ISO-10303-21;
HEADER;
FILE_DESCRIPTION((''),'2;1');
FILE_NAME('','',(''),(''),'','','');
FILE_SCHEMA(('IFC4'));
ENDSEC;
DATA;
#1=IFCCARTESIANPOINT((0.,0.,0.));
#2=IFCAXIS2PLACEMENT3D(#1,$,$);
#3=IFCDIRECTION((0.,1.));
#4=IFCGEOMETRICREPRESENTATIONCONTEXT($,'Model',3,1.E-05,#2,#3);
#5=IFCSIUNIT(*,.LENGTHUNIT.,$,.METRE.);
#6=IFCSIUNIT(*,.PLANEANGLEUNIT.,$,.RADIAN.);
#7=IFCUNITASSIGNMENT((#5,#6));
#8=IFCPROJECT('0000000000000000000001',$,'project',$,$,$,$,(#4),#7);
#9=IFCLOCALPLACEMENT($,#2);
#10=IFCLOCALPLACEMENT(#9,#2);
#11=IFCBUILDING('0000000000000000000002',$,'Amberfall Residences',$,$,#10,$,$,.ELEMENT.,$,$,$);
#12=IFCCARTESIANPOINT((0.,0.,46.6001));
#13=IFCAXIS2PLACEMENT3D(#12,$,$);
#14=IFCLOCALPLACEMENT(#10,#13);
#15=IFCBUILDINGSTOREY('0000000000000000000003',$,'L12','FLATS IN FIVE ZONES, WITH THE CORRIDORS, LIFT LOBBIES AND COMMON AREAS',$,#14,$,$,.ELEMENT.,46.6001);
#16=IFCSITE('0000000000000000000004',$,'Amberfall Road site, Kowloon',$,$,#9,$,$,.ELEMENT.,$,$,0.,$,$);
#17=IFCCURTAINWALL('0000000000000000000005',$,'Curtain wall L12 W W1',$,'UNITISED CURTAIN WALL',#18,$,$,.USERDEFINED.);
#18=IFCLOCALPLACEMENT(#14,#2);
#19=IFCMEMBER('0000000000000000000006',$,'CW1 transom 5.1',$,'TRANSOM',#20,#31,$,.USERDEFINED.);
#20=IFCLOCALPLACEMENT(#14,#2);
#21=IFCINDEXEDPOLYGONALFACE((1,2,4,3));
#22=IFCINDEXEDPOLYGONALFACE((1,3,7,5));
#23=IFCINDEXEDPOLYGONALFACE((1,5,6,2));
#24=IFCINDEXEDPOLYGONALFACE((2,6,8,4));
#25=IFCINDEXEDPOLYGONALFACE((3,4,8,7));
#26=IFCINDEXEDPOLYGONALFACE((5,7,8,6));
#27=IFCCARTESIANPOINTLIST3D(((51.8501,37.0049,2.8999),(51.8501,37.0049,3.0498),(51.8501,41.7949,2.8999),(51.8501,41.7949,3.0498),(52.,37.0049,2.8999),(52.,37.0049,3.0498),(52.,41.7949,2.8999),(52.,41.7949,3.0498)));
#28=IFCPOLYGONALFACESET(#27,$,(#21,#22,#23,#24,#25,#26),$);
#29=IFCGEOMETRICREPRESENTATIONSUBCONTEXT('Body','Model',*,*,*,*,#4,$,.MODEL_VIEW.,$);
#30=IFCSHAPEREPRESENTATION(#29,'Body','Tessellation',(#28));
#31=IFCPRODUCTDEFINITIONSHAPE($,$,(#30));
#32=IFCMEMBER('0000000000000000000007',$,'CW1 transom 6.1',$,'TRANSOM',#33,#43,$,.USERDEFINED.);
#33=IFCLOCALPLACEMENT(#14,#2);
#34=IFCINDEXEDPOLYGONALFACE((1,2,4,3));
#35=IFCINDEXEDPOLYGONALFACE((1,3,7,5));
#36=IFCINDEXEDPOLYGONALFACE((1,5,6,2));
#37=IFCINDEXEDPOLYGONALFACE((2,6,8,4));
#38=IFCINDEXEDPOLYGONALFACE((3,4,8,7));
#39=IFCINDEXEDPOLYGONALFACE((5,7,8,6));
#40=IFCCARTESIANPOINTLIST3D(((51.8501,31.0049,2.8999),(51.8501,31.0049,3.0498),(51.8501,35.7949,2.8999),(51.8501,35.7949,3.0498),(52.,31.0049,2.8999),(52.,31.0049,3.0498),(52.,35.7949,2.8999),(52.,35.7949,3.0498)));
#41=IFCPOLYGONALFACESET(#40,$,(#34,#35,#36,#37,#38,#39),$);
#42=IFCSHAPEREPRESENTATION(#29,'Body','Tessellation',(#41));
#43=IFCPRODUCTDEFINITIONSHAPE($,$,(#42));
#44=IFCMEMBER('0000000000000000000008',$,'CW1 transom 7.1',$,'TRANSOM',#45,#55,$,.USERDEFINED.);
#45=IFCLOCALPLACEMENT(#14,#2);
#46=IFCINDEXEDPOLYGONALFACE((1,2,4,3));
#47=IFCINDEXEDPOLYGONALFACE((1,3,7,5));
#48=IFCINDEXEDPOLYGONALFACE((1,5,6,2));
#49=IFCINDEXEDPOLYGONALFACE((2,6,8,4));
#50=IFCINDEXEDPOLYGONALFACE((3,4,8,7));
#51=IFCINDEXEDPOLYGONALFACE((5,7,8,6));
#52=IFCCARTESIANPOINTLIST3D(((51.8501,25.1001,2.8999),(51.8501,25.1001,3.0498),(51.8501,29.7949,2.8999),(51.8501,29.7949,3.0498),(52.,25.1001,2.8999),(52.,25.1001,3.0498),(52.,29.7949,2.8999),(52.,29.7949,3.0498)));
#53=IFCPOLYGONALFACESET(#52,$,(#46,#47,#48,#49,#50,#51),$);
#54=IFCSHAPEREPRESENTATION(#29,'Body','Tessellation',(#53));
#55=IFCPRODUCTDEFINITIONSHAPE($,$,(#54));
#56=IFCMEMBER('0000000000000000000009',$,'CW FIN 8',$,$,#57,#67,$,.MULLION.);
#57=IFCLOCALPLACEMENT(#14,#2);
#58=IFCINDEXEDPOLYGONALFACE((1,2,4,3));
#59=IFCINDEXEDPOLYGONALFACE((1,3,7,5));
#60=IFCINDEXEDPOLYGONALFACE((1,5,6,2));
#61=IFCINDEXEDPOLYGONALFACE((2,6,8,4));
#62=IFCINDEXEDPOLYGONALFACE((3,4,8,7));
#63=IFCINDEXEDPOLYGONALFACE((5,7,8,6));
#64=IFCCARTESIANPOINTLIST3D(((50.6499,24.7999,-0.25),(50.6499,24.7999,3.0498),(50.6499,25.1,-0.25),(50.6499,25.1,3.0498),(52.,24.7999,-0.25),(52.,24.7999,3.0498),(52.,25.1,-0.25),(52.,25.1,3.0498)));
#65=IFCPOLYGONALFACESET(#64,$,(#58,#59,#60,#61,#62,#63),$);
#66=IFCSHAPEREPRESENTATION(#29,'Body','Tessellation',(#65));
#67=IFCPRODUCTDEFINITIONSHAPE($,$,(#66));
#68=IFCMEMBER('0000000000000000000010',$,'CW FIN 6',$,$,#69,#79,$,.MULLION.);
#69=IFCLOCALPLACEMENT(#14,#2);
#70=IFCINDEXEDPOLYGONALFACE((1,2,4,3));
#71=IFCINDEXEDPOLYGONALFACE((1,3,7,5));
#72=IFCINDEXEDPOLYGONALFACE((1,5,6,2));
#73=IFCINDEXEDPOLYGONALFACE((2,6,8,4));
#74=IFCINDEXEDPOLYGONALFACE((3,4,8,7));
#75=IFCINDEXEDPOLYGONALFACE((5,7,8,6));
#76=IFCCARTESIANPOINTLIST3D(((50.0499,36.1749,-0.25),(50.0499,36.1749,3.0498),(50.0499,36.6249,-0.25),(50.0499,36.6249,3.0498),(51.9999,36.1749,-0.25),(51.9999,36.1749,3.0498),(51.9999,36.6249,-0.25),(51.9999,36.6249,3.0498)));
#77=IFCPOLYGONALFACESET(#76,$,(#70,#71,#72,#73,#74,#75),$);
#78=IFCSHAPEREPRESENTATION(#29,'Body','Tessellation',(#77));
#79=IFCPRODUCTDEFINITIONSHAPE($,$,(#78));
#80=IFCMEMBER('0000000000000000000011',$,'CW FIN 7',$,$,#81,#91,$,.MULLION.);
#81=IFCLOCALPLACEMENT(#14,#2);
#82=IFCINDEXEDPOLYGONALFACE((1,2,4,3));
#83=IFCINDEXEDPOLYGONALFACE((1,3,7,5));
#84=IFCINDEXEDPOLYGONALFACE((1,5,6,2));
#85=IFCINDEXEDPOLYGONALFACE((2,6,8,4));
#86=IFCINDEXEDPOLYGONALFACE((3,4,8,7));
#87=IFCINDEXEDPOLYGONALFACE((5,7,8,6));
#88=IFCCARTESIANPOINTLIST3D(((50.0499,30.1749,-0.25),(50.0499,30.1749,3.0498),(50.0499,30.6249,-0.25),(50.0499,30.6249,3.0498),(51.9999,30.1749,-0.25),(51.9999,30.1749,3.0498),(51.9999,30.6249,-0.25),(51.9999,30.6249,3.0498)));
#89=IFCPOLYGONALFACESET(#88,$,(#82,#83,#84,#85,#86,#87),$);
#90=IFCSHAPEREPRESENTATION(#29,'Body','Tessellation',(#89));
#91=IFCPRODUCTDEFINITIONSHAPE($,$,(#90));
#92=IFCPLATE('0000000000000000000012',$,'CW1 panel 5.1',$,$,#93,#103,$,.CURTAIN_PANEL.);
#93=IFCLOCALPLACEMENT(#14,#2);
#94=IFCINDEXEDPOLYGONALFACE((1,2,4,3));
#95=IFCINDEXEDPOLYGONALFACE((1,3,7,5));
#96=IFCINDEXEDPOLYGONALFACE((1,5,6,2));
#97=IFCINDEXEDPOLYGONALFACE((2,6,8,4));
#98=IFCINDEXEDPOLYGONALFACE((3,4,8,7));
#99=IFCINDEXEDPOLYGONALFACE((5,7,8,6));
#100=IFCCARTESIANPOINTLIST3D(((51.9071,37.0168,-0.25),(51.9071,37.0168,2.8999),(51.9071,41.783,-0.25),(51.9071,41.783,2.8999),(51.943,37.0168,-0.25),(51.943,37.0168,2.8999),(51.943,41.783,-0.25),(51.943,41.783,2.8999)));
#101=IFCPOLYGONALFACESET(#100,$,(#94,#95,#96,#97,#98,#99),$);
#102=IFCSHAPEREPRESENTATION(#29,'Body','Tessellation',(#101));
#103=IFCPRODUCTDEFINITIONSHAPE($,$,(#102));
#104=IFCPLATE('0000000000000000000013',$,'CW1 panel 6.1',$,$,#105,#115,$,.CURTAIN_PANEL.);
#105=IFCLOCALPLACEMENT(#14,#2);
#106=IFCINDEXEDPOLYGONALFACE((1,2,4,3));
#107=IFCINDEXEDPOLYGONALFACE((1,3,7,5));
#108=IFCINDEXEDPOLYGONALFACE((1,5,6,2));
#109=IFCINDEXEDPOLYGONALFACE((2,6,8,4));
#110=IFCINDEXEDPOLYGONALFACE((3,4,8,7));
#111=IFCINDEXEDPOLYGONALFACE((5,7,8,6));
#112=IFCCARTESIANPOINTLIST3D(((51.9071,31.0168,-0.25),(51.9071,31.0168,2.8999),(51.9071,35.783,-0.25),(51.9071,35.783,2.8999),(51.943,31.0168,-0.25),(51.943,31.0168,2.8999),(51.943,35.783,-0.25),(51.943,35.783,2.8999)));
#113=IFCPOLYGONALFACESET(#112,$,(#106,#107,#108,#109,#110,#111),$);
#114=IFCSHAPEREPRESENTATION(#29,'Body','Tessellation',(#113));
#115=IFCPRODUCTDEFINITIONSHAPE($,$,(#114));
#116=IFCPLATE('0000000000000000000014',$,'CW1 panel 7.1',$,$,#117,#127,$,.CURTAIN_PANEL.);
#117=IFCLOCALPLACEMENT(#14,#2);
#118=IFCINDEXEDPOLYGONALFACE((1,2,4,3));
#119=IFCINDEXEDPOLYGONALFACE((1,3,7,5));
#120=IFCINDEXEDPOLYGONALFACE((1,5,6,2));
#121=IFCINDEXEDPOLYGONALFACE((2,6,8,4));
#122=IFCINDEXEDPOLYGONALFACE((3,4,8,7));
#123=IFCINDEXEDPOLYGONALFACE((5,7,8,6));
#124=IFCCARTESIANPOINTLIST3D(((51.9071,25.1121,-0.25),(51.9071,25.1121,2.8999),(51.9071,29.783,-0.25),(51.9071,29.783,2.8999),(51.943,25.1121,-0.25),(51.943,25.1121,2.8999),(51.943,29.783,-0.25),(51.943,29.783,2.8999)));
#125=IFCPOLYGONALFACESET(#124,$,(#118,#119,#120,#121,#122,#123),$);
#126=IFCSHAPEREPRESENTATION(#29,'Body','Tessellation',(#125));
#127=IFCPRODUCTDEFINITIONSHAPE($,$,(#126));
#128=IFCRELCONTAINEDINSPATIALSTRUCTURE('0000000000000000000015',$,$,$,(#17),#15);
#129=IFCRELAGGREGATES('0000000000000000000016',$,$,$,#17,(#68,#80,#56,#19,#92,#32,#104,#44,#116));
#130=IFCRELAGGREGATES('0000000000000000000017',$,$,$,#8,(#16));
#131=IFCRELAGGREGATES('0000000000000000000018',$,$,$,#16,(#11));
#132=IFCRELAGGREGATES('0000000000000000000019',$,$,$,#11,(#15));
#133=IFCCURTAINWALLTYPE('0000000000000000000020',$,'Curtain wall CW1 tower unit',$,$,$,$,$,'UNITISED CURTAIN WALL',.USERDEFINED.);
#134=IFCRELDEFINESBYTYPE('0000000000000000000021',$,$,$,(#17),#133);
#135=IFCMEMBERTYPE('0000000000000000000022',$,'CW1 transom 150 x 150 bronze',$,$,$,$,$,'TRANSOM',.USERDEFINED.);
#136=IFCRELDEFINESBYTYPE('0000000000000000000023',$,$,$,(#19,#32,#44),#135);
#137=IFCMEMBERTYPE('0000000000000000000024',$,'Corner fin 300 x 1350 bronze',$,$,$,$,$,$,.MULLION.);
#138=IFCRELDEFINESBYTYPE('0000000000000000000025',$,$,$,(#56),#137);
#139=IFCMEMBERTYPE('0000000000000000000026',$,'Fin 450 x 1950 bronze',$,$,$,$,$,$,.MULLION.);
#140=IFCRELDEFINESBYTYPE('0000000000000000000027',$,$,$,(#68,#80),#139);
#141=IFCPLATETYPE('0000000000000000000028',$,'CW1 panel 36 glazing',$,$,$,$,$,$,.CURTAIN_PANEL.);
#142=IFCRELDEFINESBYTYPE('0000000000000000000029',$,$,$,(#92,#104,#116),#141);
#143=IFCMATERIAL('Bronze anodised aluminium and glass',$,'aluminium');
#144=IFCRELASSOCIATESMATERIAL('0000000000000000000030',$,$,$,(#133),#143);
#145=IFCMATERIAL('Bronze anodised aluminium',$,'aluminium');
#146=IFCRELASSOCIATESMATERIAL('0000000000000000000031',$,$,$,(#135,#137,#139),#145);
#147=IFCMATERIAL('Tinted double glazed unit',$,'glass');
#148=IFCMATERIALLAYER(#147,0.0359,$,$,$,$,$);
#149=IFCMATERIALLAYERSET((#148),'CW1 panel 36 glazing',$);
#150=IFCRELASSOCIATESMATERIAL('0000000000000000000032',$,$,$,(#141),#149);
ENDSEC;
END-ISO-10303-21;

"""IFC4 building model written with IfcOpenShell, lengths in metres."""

from ifc_helpers import new_model, si_unit, direction, frame, origin, origin_2d, place, context, subcontext, project, spatial, rectangle, extrude, material, layer, layer_set, material_profile, profile_set, type_object, element, aggregate, save


model = new_model("IFC4")

# Units and contexts
model_context = context("Model", 3, precision=1e-05, world=origin(), true_north=direction((0.0, 1.0)))
body_context = subcontext(model_context, "Body", "Model", "MODEL_VIEW")
ifc_project = project(units=[si_unit("LENGTHUNIT", "METRE"), si_unit("PLANEANGLEUNIT", "RADIAN")], contexts=[model_context])

# Site, building, storey
site_placement = place(None, origin())
site = spatial("IfcSite", under=ifc_project, at=site_placement, Name="Amberfall Road site, Kowloon", CompositionType="ELEMENT", RefElevation=0.0)
building_placement = place(site_placement, origin())
building = spatial("IfcBuilding", under=site, at=building_placement, Name="Amberfall Residences", CompositionType="ELEMENT")
storey_placement = place(building_placement, frame((0.0, 0.0, 46.6001)))
storey = spatial("IfcBuildingStorey", under=building, at=storey_placement, Name="L12", Description="FLATS IN FIVE ZONES, WITH THE CORRIDORS, LIFT LOBBIES AND COMMON AREAS", CompositionType="ELEMENT", Elevation=46.6001)

# Curtain wall, members, plates
ifc_material_1 = material(Name="Bronze anodised aluminium and glass", Category="aluminium")
curtain_wall_type = type_object("IfcCurtainWallType", Name="Curtain wall CW1 tower unit", ElementType="UNITISED CURTAIN WALL", PredefinedType="USERDEFINED", material=ifc_material_1)
curtain_wall_placement = place(storey_placement, origin())
curtain_wall = element("IfcCurtainWall", 1, at=curtain_wall_placement, inside=storey, type_object=curtain_wall_type, Name="Curtain wall L12 W W1", ObjectType="UNITISED CURTAIN WALL", PredefinedType="USERDEFINED")
ifc_material_2 = material(Name="Bronze anodised aluminium", Category="aluminium")
ifc_material_profile_1 = material_profile(ifc_material_2, rectangle(XDim=0.1499, YDim=0.1499, at=origin_2d()), Name="CW1 transom 150 x 150 bronze")
ifc_profile_set_1 = profile_set([ifc_material_profile_1], Name="Bronze anodised aluminium")
member_type_1 = type_object("IfcMemberType", Name="CW1 transom 150 x 150 bronze", ElementType="TRANSOM", PredefinedType="USERDEFINED", material=ifc_profile_set_1)
member_1_placement = place(storey_placement, frame((51.925, 41.7949, 2.9749), z_axis=(0.0, -1.0, 0.0), x_axis=(1.0, 0.0, 0.0)))
member_1 = element("IfcMember", 2, at=member_1_placement, type_object=member_type_1, Name="CW1 transom 5.1", ObjectType="TRANSOM", PredefinedType="USERDEFINED", context=body_context, shape_type="SweptSolid", body=[
    extrude(rectangle(XDim=0.1499, YDim=0.1499, at=origin_2d()), origin(), (0.0, 0.0, 1.0), 4.79),
])
member_2_placement = place(storey_placement, frame((51.925, 35.7949, 2.9749), z_axis=(0.0, -1.0, 0.0), x_axis=(1.0, 0.0, 0.0)))
member_2 = element("IfcMember", 3, at=member_2_placement, type_object=member_type_1, Name="CW1 transom 6.1", ObjectType="TRANSOM", PredefinedType="USERDEFINED", context=body_context, shape_type="SweptSolid", body=[
    extrude(rectangle(XDim=0.1499, YDim=0.1499, at=origin_2d()), origin(), (0.0, 0.0, 1.0), 4.79),
])
member_3_placement = place(storey_placement, frame((51.925, 29.7949, 2.9749), z_axis=(0.0, -1.0, 0.0), x_axis=(1.0, 0.0, 0.0)))
member_3 = element("IfcMember", 4, at=member_3_placement, type_object=member_type_1, Name="CW1 transom 7.1", ObjectType="TRANSOM", PredefinedType="USERDEFINED", context=body_context, shape_type="SweptSolid", body=[
    extrude(rectangle(XDim=0.1499, YDim=0.1499, at=origin_2d()), origin(), (0.0, 0.0, 1.0), 4.6948),
])
ifc_material_profile_2 = material_profile(ifc_material_2, rectangle(XDim=1.3501, YDim=0.3, at=origin_2d()), Name="Corner fin 300 x 1350 bronze")
ifc_profile_set_2 = profile_set([ifc_material_profile_2], Name="Bronze anodised aluminium")
member_type_2 = type_object("IfcMemberType", Name="Corner fin 300 x 1350 bronze", PredefinedType="MULLION", material=ifc_profile_set_2)
member_4_placement = place(storey_placement, frame((51.325, 24.95, -0.25), z_axis=(0.0, 0.0, 1.0), x_axis=(1.0, 0.0, 0.0)))
member_4 = element("IfcMember", 5, at=member_4_placement, type_object=member_type_2, Name="CW FIN 8", PredefinedType="MULLION", context=body_context, shape_type="SweptSolid", body=[
    extrude(rectangle(XDim=1.3501, YDim=0.3, at=origin_2d()), origin(), (0.0, 0.0, 1.0), 3.2998),
])
ifc_material_profile_3 = material_profile(ifc_material_2, rectangle(XDim=1.95, YDim=0.45, at=origin_2d()), Name="Fin 450 x 1950 bronze")
ifc_profile_set_3 = profile_set([ifc_material_profile_3], Name="Bronze anodised aluminium")
member_type_3 = type_object("IfcMemberType", Name="Fin 450 x 1950 bronze", PredefinedType="MULLION", material=ifc_profile_set_3)
member_5_placement = place(storey_placement, frame((51.0249, 36.3999, -0.25), z_axis=(0.0, 0.0, 1.0), x_axis=(1.0, 0.0, 0.0)))
member_5 = element("IfcMember", 6, at=member_5_placement, type_object=member_type_3, Name="CW FIN 6", PredefinedType="MULLION", context=body_context, shape_type="SweptSolid", body=[
    extrude(rectangle(XDim=1.95, YDim=0.45, at=origin_2d()), origin(), (0.0, 0.0, 1.0), 3.2998),
])
member_6_placement = place(storey_placement, frame((51.0249, 30.3999, -0.25), z_axis=(0.0, 0.0, 1.0), x_axis=(1.0, 0.0, 0.0)))
member_6 = element("IfcMember", 7, at=member_6_placement, type_object=member_type_3, Name="CW FIN 7", PredefinedType="MULLION", context=body_context, shape_type="SweptSolid", body=[
    extrude(rectangle(XDim=1.95, YDim=0.45, at=origin_2d()), origin(), (0.0, 0.0, 1.0), 3.2998),
])
ifc_material_3 = material(Name="Tinted double glazed unit", Category="glass")
ifc_layer_1 = layer(ifc_material_3, 0.0359)
ifc_layer_set_1 = layer_set([ifc_layer_1], Name="CW1 panel 36 glazing")
plate_type = type_object("IfcPlateType", Name="CW1 panel 36 glazing", PredefinedType="CURTAIN_PANEL", material=ifc_layer_set_1)
plate_1_placement = place(storey_placement, frame((51.925, 39.3999, -0.25), z_axis=(0.0, 0.0, 1.0), x_axis=(0.0, -1.0, 0.0)))
plate_1 = element("IfcPlate", 8, at=plate_1_placement, type_object=plate_type, Name="CW1 panel 5.1", PredefinedType="CURTAIN_PANEL", context=body_context, shape_type="SweptSolid", body=[
    extrude(rectangle(XDim=4.7661, YDim=0.0359, at=origin_2d()), origin(), (0.0, 0.0, 1.0), 3.1499),
])
plate_2_placement = place(storey_placement, frame((51.925, 33.3999, -0.25), z_axis=(0.0, 0.0, 1.0), x_axis=(0.0, -1.0, 0.0)))
plate_2 = element("IfcPlate", 9, at=plate_2_placement, type_object=plate_type, Name="CW1 panel 6.1", PredefinedType="CURTAIN_PANEL", context=body_context, shape_type="SweptSolid", body=[
    extrude(rectangle(XDim=4.7661, YDim=0.0359, at=origin_2d()), origin(), (0.0, 0.0, 1.0), 3.1499),
])
plate_3_placement = place(storey_placement, frame((51.925, 27.4475, -0.25), z_axis=(0.0, 0.0, 1.0), x_axis=(0.0, -1.0, 0.0)))
plate_3 = element("IfcPlate", 10, at=plate_3_placement, type_object=plate_type, Name="CW1 panel 7.1", PredefinedType="CURTAIN_PANEL", context=body_context, shape_type="SweptSolid", body=[
    extrude(rectangle(XDim=4.6709, YDim=0.0359, at=origin_2d()), origin(), (0.0, 0.0, 1.0), 3.1499),
])
aggregate(curtain_wall, [member_5, member_6, member_4, member_1, plate_1, member_2, plate_2, member_3, plate_3])

save(model, "model.ifc")
